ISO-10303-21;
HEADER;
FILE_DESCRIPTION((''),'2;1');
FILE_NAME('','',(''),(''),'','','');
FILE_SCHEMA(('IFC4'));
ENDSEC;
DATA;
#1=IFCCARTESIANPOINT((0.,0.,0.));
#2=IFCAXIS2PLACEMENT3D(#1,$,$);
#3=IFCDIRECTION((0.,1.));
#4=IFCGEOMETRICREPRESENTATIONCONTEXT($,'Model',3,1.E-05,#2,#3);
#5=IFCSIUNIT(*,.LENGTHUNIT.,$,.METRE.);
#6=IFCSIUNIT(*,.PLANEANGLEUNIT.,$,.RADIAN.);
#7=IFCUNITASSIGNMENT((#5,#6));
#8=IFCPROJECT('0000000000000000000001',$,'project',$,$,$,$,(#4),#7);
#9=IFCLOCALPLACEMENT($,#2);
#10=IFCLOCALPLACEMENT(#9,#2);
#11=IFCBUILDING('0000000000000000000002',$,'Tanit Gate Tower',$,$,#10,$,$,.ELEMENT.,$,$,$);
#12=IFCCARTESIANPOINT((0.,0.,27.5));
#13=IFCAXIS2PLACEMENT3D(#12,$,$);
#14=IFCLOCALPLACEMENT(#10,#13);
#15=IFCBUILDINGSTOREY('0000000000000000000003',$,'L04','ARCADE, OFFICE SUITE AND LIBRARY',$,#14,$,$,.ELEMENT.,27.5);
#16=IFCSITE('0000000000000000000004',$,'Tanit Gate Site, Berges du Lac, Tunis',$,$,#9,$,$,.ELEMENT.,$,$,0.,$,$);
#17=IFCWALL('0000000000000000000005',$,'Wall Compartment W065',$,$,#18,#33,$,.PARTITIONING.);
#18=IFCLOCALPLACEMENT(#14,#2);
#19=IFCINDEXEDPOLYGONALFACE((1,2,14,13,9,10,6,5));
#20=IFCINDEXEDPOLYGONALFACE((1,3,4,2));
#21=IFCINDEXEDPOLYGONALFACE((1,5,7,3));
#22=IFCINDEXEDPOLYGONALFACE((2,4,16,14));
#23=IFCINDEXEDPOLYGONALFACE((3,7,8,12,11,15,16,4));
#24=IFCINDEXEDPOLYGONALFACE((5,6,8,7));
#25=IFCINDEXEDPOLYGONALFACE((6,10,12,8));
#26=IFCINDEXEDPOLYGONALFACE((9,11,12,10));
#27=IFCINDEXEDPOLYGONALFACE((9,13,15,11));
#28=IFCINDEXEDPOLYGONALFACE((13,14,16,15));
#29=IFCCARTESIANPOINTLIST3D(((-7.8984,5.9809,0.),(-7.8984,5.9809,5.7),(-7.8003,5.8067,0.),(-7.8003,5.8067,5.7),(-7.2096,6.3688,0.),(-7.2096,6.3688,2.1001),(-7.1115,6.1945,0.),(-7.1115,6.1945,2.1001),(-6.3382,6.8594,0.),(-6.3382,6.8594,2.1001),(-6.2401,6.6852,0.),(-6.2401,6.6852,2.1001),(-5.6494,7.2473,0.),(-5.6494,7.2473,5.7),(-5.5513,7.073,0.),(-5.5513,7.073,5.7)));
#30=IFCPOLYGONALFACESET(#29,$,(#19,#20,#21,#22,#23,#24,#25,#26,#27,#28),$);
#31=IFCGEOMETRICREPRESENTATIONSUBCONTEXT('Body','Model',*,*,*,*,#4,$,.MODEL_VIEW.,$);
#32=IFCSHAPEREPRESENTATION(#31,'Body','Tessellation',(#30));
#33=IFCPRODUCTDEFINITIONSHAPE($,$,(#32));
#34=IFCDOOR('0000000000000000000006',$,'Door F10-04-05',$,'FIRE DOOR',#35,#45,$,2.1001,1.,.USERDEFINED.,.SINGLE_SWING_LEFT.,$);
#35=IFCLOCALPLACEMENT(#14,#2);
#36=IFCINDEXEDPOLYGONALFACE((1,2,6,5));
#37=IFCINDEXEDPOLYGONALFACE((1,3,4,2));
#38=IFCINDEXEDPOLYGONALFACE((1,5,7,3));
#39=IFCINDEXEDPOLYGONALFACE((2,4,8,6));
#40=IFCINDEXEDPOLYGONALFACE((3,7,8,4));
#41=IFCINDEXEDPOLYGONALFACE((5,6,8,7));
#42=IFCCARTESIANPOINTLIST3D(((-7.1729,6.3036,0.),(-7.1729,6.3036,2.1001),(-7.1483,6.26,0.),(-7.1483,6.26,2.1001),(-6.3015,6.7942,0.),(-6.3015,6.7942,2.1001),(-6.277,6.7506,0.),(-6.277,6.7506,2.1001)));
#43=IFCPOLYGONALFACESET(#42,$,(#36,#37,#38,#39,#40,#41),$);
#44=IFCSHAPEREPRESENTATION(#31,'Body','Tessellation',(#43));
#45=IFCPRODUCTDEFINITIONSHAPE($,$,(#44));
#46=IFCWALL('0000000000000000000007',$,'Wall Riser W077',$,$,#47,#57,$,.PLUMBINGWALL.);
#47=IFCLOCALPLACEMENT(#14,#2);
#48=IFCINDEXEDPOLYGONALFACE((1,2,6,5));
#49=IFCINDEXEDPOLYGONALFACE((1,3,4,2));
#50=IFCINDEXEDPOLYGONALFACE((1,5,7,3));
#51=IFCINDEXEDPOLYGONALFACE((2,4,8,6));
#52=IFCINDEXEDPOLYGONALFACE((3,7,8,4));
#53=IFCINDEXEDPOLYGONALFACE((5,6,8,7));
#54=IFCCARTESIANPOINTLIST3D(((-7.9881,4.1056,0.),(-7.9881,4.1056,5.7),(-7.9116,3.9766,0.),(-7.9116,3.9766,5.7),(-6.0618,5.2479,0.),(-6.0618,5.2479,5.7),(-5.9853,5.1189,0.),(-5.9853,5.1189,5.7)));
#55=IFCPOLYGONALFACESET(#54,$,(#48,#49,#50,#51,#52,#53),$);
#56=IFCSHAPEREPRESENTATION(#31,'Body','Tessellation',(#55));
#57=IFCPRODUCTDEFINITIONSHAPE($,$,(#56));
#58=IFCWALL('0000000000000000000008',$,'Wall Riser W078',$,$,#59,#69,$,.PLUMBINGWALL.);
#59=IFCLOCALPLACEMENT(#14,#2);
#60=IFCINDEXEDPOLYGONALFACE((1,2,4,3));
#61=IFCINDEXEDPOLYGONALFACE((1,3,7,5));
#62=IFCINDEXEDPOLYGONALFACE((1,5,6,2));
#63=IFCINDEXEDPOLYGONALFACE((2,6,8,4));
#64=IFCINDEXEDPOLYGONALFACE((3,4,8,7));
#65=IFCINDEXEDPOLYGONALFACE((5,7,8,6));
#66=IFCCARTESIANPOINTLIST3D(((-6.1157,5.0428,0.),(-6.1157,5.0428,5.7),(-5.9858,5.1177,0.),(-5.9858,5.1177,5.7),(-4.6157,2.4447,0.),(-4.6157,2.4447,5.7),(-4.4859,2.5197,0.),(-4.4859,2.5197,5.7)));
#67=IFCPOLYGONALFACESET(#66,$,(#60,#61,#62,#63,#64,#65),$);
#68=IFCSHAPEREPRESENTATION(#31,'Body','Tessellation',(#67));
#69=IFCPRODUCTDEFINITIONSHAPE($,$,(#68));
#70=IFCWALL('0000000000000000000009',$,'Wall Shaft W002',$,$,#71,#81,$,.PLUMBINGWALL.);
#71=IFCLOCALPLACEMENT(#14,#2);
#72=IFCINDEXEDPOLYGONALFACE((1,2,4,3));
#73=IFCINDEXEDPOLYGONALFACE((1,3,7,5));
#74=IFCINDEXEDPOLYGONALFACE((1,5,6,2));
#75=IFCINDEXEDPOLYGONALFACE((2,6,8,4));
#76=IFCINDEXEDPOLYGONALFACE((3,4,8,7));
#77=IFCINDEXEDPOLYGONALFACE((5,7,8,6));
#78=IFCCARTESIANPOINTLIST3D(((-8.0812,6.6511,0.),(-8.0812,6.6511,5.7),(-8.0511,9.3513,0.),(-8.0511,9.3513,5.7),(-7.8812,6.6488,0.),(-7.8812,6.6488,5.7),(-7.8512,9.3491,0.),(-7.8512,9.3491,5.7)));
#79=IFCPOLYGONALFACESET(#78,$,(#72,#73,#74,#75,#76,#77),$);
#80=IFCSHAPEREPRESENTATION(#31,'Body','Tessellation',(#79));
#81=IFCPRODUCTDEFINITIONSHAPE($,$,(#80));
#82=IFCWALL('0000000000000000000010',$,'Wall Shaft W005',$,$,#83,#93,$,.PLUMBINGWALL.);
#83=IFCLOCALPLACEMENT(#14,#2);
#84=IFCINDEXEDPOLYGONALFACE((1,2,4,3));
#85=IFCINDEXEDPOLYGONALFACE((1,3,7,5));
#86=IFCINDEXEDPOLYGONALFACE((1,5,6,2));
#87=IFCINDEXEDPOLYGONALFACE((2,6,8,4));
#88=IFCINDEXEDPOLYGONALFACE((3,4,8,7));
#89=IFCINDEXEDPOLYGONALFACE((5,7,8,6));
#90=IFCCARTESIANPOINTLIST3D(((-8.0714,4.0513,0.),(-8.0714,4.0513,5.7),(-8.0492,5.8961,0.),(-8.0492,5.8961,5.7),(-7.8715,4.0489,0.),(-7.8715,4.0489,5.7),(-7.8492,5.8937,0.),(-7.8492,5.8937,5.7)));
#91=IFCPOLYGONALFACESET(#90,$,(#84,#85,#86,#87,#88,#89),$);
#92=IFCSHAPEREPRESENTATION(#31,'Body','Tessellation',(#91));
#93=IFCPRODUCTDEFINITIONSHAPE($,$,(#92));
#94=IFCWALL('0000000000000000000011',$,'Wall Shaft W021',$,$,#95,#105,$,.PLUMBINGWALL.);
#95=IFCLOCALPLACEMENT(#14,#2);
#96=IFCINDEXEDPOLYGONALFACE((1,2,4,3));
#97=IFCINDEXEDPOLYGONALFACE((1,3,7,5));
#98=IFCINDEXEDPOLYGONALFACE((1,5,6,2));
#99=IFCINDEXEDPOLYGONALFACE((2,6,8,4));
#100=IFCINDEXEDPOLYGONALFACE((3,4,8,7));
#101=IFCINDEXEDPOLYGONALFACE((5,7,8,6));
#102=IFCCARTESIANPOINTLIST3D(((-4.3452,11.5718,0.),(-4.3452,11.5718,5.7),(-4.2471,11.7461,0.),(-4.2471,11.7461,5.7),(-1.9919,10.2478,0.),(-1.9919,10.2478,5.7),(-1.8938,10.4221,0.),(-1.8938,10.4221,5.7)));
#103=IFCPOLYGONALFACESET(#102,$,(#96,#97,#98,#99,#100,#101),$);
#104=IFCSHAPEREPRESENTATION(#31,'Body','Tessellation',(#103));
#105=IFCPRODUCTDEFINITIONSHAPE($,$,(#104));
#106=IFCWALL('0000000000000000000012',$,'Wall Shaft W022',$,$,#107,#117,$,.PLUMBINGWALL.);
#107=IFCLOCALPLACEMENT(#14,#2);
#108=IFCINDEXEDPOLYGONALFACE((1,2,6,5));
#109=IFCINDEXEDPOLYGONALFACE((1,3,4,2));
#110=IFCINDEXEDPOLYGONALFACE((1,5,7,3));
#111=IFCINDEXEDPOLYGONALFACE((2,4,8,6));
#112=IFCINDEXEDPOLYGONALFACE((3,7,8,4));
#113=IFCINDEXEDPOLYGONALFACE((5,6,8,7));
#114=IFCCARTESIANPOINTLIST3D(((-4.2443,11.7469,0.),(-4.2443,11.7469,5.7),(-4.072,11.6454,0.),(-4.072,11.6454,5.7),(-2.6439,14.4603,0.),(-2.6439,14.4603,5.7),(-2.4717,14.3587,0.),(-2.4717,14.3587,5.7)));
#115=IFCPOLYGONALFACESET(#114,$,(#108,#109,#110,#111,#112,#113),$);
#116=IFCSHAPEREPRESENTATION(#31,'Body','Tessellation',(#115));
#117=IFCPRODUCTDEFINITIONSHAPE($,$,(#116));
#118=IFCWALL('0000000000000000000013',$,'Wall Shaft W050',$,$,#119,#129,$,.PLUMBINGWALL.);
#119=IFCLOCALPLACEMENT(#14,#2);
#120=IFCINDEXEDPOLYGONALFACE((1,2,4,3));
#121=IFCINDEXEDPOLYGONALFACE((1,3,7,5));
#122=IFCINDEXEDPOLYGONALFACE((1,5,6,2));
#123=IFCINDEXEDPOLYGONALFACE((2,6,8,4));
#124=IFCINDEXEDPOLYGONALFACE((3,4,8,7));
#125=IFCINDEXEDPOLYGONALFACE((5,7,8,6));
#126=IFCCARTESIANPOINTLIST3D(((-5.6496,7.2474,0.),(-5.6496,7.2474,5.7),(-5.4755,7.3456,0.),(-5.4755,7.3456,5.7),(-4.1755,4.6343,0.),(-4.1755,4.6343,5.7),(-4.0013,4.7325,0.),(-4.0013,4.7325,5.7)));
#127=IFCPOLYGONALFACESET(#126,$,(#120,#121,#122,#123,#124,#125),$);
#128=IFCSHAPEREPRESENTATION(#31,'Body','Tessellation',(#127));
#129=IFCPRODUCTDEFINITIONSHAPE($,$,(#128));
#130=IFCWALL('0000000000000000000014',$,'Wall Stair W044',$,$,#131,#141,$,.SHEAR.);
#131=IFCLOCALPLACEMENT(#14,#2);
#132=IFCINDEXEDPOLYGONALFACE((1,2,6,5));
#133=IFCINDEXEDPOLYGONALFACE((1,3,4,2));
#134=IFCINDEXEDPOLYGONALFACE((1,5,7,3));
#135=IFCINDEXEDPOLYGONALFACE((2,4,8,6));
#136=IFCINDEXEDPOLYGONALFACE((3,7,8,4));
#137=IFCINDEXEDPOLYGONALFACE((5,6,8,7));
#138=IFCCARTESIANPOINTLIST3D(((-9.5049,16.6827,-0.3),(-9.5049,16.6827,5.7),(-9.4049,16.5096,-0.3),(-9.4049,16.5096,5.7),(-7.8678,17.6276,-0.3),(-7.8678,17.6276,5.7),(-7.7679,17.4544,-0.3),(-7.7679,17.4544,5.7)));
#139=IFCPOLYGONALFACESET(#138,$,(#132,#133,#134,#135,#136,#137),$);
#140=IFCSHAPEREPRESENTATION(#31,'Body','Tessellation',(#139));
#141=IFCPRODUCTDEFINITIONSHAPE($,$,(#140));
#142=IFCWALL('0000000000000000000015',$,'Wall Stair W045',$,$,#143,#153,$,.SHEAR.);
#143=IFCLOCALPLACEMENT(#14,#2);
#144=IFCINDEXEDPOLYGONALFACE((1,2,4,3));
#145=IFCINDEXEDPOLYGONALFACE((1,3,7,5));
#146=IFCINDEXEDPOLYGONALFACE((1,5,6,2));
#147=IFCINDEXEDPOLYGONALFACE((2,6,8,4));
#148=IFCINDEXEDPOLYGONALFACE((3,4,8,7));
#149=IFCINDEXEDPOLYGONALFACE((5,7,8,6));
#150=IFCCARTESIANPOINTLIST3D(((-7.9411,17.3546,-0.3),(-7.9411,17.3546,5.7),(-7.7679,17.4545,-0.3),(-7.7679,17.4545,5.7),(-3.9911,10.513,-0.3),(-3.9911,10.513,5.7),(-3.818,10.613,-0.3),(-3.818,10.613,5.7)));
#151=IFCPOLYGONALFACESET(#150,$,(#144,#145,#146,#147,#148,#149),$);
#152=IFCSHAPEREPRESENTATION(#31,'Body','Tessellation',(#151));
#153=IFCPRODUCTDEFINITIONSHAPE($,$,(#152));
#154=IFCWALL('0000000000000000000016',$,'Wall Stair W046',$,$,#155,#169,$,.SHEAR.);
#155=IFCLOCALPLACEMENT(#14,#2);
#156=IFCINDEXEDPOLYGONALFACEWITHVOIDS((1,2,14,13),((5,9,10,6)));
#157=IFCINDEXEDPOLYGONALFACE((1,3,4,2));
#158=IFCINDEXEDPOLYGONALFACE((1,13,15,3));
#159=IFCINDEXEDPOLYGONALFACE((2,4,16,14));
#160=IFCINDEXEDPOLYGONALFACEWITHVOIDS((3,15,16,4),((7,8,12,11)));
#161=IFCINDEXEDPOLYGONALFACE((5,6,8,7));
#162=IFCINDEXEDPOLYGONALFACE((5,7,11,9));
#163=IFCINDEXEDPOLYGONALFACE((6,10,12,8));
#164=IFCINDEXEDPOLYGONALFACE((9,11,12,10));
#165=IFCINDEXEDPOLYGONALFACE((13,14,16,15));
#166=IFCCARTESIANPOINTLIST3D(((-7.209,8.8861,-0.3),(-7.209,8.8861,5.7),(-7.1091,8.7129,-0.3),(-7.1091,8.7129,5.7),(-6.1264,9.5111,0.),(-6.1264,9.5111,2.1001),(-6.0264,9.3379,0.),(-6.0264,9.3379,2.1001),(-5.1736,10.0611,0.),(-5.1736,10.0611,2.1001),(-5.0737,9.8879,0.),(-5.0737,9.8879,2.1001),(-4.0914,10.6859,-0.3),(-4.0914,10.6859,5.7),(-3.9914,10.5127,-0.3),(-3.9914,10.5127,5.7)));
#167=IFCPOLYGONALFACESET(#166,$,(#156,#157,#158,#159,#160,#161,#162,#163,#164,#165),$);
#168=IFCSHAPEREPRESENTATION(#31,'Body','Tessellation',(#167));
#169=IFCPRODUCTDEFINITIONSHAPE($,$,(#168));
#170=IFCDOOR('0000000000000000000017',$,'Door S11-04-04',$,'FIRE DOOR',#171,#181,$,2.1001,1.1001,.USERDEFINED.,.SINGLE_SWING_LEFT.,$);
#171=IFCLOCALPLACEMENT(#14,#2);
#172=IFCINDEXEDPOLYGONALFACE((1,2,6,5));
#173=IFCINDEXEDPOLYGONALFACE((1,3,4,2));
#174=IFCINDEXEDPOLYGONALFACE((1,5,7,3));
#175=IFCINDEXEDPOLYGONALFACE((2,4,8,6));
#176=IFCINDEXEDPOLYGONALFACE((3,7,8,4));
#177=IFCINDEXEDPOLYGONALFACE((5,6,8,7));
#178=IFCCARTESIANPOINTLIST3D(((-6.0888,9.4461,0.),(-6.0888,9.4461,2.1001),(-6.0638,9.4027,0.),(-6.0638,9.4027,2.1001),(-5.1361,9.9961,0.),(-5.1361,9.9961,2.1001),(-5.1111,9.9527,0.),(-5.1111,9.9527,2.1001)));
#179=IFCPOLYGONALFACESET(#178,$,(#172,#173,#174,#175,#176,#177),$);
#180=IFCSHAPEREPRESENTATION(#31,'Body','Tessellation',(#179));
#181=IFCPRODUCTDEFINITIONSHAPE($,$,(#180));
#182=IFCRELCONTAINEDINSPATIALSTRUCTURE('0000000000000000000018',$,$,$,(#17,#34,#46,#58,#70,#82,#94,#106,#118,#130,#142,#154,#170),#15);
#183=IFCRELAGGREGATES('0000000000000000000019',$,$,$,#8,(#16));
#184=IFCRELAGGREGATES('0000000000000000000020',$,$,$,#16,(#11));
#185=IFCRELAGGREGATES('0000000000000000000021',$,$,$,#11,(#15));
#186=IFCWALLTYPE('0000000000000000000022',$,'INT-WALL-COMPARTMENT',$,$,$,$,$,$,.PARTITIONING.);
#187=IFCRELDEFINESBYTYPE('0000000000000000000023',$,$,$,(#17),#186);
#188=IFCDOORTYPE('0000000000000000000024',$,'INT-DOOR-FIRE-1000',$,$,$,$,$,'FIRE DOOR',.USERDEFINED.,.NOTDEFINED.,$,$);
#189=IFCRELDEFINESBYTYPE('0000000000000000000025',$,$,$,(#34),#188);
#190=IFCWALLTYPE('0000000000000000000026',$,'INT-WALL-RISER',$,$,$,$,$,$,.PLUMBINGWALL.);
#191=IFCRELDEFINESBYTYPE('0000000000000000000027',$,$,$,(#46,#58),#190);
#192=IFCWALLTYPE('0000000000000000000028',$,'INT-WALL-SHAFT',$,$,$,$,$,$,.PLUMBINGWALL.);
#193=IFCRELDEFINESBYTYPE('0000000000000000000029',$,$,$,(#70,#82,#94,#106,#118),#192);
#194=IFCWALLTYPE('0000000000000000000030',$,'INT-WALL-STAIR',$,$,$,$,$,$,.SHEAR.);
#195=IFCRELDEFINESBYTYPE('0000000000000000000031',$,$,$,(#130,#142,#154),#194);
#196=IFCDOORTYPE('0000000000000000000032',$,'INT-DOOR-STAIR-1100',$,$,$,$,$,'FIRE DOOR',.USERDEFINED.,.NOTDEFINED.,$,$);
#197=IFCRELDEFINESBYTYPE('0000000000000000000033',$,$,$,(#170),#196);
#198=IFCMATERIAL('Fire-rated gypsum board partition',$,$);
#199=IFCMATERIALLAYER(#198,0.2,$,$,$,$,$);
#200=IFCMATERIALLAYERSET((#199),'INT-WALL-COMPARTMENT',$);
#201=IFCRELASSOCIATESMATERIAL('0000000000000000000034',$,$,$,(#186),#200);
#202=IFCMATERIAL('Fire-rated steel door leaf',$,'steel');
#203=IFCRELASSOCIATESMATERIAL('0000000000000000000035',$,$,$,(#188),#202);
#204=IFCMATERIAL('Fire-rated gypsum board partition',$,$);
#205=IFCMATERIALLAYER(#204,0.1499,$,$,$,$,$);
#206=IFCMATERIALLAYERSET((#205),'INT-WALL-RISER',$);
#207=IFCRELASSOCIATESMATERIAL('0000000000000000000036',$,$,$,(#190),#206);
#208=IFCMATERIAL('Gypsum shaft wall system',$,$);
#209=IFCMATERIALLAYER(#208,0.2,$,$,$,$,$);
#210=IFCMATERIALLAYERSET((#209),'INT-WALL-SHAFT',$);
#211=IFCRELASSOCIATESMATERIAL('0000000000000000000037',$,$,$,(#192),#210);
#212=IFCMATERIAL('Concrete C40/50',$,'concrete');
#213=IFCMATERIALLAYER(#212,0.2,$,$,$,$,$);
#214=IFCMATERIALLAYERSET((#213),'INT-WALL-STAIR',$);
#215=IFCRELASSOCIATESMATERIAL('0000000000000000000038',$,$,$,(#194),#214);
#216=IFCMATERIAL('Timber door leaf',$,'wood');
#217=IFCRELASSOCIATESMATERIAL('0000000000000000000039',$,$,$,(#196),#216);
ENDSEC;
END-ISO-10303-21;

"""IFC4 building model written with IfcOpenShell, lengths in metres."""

from ifc_helpers import new_model, si_unit, direction, frame, frame_2d, origin, place, context, subcontext, project, spatial, rectangle, extrude, material, layer, layer_set, type_object, element, fill, save


model = new_model("IFC4")

# Units and contexts
model_context = context("Model", 3, precision=1e-05, world=origin(), true_north=direction((0.0, 1.0)))
body_context = subcontext(model_context, "Body", "Model", "MODEL_VIEW")
ifc_project = project(units=[si_unit("LENGTHUNIT", "METRE"), si_unit("PLANEANGLEUNIT", "RADIAN")], contexts=[model_context])

# Site, building, storey
site_placement = place(None, origin())
site = spatial("IfcSite", under=ifc_project, at=site_placement, Name="Tanit Gate Site, Berges du Lac, Tunis", CompositionType="ELEMENT", RefElevation=0.0)
building_placement = place(site_placement, origin())
building = spatial("IfcBuilding", under=site, at=building_placement, Name="Tanit Gate Tower", CompositionType="ELEMENT")
storey_placement = place(building_placement, frame((0.0, 0.0, 27.5)))
storey = spatial("IfcBuildingStorey", under=building, at=storey_placement, Name="L04", Description="ARCADE, OFFICE SUITE AND LIBRARY", CompositionType="ELEMENT", Elevation=27.5)

# Wall, opening, door
ifc_material_1 = material(Name="Fire-rated gypsum board partition")
ifc_layer_1 = layer(ifc_material_1, 0.2)
ifc_layer_set_1 = layer_set([ifc_layer_1], Name="INT-WALL-COMPARTMENT")
wall_type_1 = type_object("IfcWallType", Name="INT-WALL-COMPARTMENT", PredefinedType="PARTITIONING", material=ifc_layer_set_1)
wall_1_placement = place(storey_placement, frame((-5.6003, 7.1602, 0.0), z_axis=(0.0, 0.0, 1.0), x_axis=(-0.871363, -0.490638, 0.0)))
wall_1 = element("IfcWall", 1, at=wall_1_placement, inside=storey, type_object=wall_type_1, Name="Wall Compartment W065", PredefinedType="PARTITIONING", context=body_context, shape_type="SweptSolid", body=[
    extrude(rectangle(XDim=2.5811, YDim=0.2, at=frame_2d((1.2905, 0.0))), origin(), (0.0, 0.0, 1.0), 5.7),
])
opening_1_placement = place(wall_1_placement, frame((0.7905, 0.0, 0.0)))
opening_1 = element("IfcOpeningElement", 2, at=opening_1_placement, cuts=wall_1, PredefinedType="OPENING", context=body_context, shape_type="SweptSolid", body=[
    extrude(rectangle(XDim=1.0, YDim=2.1001, at=frame_2d((0.5, 1.05))), frame((0.0, 0.1099, 0.0), z_axis=(0.0, -1.0, 0.0), x_axis=(1.0, 0.0, 0.0)), (0.0, 0.0, 1.0), 0.22),
])
ifc_material_2 = material(Name="Fire-rated steel door leaf", Category="steel")
door_type_1 = type_object("IfcDoorType", Name="INT-DOOR-FIRE-1000", ElementType="FIRE DOOR", OperationType="NOTDEFINED", PredefinedType="USERDEFINED", material=ifc_material_2)
door_1_placement = place(opening_1_placement, origin())
door_1 = element("IfcDoor", 3, at=door_1_placement, inside=storey, type_object=door_type_1, Name="Door F10-04-05", ObjectType="FIRE DOOR", OperationType="SINGLE_SWING_LEFT", OverallHeight=2.1001, OverallWidth=1.0, PredefinedType="USERDEFINED", context=body_context, shape_type="SweptSolid", body=[
    extrude(rectangle(XDim=1.0, YDim=2.1001, at=frame_2d((0.5, 1.05))), frame((0.0, 0.0249, 0.0), z_axis=(0.0, -1.0, 0.0), x_axis=(1.0, 0.0, 0.0)), (0.0, 0.0, 1.0), 0.05),
])
fill(opening_1, door_1)

# Walls
ifc_material_3 = material(Name="Fire-rated gypsum board partition")
ifc_layer_2 = layer(ifc_material_3, 0.1499)
ifc_layer_set_2 = layer_set([ifc_layer_2], Name="INT-WALL-RISER")
wall_type_2 = type_object("IfcWallType", Name="INT-WALL-RISER", PredefinedType="PLUMBINGWALL", material=ifc_layer_set_2)
wall_2_placement = place(storey_placement, frame((-6.0237, 5.1833, 0.0), z_axis=(0.0, 0.0, 1.0), x_axis=(-0.860127, -0.51008, 0.0)))
element("IfcWall", 4, at=wall_2_placement, inside=storey, type_object=wall_type_2, Name="Wall Riser W077", PredefinedType="PLUMBINGWALL", context=body_context, shape_type="SweptSolid", body=[
    extrude(rectangle(XDim=2.2395, YDim=0.1499, at=frame_2d((1.1196, 0.0))), origin(), (0.0, 0.0, 1.0), 5.7),
])
wall_3_placement = place(storey_placement, frame((-4.5508, 2.4822, 0.0), z_axis=(0.0, 0.0, 1.0), x_axis=(-0.49999, 0.866031, 0.0)))
element("IfcWall", 5, at=wall_3_placement, inside=storey, type_object=wall_type_2, Name="Wall Riser W078", PredefinedType="PLUMBINGWALL", context=body_context, shape_type="SweptSolid", body=[
    extrude(rectangle(XDim=3.0, YDim=0.1499, at=frame_2d((1.5, 0.0))), origin(), (0.0, 0.0, 1.0), 5.7),
])
ifc_material_4 = material(Name="Gypsum shaft wall system")
ifc_layer_3 = layer(ifc_material_4, 0.2)
ifc_layer_set_3 = layer_set([ifc_layer_3], Name="INT-WALL-SHAFT")
wall_type_3 = type_object("IfcWallType", Name="INT-WALL-SHAFT", PredefinedType="PLUMBINGWALL", material=ifc_layer_set_3)
wall_4_placement = place(storey_placement, frame((-7.9512, 9.3501, 0.0), z_axis=(0.0, 0.0, 1.0), x_axis=(-0.01112, -0.999938, 0.0)))
element("IfcWall", 6, at=wall_4_placement, inside=storey, type_object=wall_type_3, Name="Wall Shaft W002", PredefinedType="PLUMBINGWALL", context=body_context, shape_type="SweptSolid", body=[
    extrude(rectangle(XDim=2.7004, YDim=0.2, at=frame_2d((1.3501, 0.0))), origin(), (0.0, 0.0, 1.0), 5.7),
])
wall_5_placement = place(storey_placement, frame((-7.9492, 5.8948, 0.0), z_axis=(0.0, 0.0, 1.0), x_axis=(-0.012043, -0.999927, 0.0)))
element("IfcWall", 7, at=wall_5_placement, inside=storey, type_object=wall_type_3, Name="Wall Shaft W005", PredefinedType="PLUMBINGWALL", context=body_context, shape_type="SweptSolid", body=[
    extrude(rectangle(XDim=1.845, YDim=0.2, at=frame_2d((0.9224, 0.0))), origin(), (0.0, 0.0, 1.0), 5.7),
])
wall_6_placement = place(storey_placement, frame((-4.2961, 11.6589, 0.0), z_axis=(0.0, 0.0, 1.0), x_axis=(0.871534, -0.490334, 0.0)))
element("IfcWall", 8, at=wall_6_placement, inside=storey, type_object=wall_type_3, Name="Wall Shaft W021", PredefinedType="PLUMBINGWALL", context=body_context, shape_type="SweptSolid", body=[
    extrude(rectangle(XDim=2.7002, YDim=0.2, at=frame_2d((1.3501, 0.0))), origin(), (0.0, 0.0, 1.0), 5.7),
])
wall_7_placement = place(storey_placement, frame((-4.1582, 11.696, 0.0), z_axis=(0.0, 0.0, 1.0), x_axis=(0.508019, 0.861346, 0.0)))
element("IfcWall", 9, at=wall_7_placement, inside=storey, type_object=wall_type_3, Name="Wall Shaft W022", PredefinedType="PLUMBINGWALL", context=body_context, shape_type="SweptSolid", body=[
    extrude(rectangle(XDim=3.1501, YDim=0.2, at=frame_2d((1.5752, 0.0))), origin(), (0.0, 0.0, 1.0), 5.7),
])

# Walls
wall_8_placement = place(storey_placement, frame((-5.5625, 7.2964, 0.0), z_axis=(0.0, 0.0, 1.0), x_axis=(0.491347, -0.870964, 0.0)))
element("IfcWall", 10, at=wall_8_placement, inside=storey, type_object=wall_type_3, Name="Wall Shaft W050", PredefinedType="PLUMBINGWALL", context=body_context, shape_type="SweptSolid", body=[
    extrude(rectangle(XDim=3.0002, YDim=0.2, at=frame_2d((1.5, 0.0))), origin(), (0.0, 0.0, 1.0), 5.7),
])
ifc_material_5 = material(Name="Concrete C40/50", Category="concrete")
ifc_layer_4 = layer(ifc_material_5, 0.2)
ifc_layer_set_4 = layer_set([ifc_layer_4], Name="INT-WALL-STAIR")
wall_type_4 = type_object("IfcWallType", Name="INT-WALL-STAIR", PredefinedType="SHEAR", material=ifc_layer_set_4)
wall_9_placement = place(storey_placement, frame((-7.8179, 17.541, -0.3), z_axis=(0.0, 0.0, 1.0), x_axis=(-0.866089, -0.49989, 0.0)))
element("IfcWall", 11, at=wall_9_placement, inside=storey, type_object=wall_type_4, Name="Wall Stair W044", PredefinedType="SHEAR", context=body_context, shape_type="SweptSolid", body=[
    extrude(rectangle(XDim=1.8901, YDim=0.2, at=frame_2d((0.9451, 0.0))), origin(), (0.0, 0.0, 1.0), 6.0),
])
wall_10_placement = place(storey_placement, frame((-7.8545, 17.4045, -0.3), z_axis=(0.0, 0.0, 1.0), x_axis=(0.499998, -0.866027, 0.0)))
element("IfcWall", 12, at=wall_10_placement, inside=storey, type_object=wall_type_4, Name="Wall Stair W045", PredefinedType="SHEAR", context=body_context, shape_type="SweptSolid", body=[
    extrude(rectangle(XDim=7.8999, YDim=0.2, at=frame_2d((3.95, 0.0))), origin(), (0.0, 0.0, 1.0), 6.0),
])

# Wall, opening, door
wall_11_placement = place(storey_placement, frame((-7.1589, 8.7996, -0.3), z_axis=(0.0, 0.0, 1.0), x_axis=(0.866048, 0.499961, 0.0)))
wall_11 = element("IfcWall", 13, at=wall_11_placement, inside=storey, type_object=wall_type_4, Name="Wall Stair W046", PredefinedType="SHEAR", context=body_context, shape_type="SweptSolid", body=[
    extrude(rectangle(XDim=3.5999, YDim=0.2, at=frame_2d((1.7998, 0.0))), origin(), (0.0, 0.0, 1.0), 6.0),
])
opening_2_placement = place(wall_11_placement, frame((1.25, 0.0, 0.3)))
opening_2 = element("IfcOpeningElement", 14, at=opening_2_placement, cuts=wall_11, PredefinedType="OPENING", context=body_context, shape_type="SweptSolid", body=[
    extrude(rectangle(XDim=1.1001, YDim=2.1001, at=frame_2d((0.55, 1.05))), frame((0.0, 0.1099, 0.0), z_axis=(0.0, -1.0, 0.0), x_axis=(1.0, 0.0, 0.0)), (0.0, 0.0, 1.0), 0.22),
])
ifc_material_6 = material(Name="Timber door leaf", Category="wood")
door_type_2 = type_object("IfcDoorType", Name="INT-DOOR-STAIR-1100", ElementType="FIRE DOOR", OperationType="NOTDEFINED", PredefinedType="USERDEFINED", material=ifc_material_6)
door_2_placement = place(opening_2_placement, origin())
door_2 = element("IfcDoor", 15, at=door_2_placement, inside=storey, type_object=door_type_2, Name="Door S11-04-04", ObjectType="FIRE DOOR", OperationType="SINGLE_SWING_LEFT", OverallHeight=2.1001, OverallWidth=1.1001, PredefinedType="USERDEFINED", context=body_context, shape_type="SweptSolid", body=[
    extrude(rectangle(XDim=1.1001, YDim=2.1001, at=frame_2d((0.55, 1.05))), frame((0.0, 0.0249, 0.0), z_axis=(0.0, -1.0, 0.0), x_axis=(1.0, 0.0, 0.0)), (0.0, 0.0, 1.0), 0.05),
])
fill(opening_2, door_2)

save(model, "model.ifc")
